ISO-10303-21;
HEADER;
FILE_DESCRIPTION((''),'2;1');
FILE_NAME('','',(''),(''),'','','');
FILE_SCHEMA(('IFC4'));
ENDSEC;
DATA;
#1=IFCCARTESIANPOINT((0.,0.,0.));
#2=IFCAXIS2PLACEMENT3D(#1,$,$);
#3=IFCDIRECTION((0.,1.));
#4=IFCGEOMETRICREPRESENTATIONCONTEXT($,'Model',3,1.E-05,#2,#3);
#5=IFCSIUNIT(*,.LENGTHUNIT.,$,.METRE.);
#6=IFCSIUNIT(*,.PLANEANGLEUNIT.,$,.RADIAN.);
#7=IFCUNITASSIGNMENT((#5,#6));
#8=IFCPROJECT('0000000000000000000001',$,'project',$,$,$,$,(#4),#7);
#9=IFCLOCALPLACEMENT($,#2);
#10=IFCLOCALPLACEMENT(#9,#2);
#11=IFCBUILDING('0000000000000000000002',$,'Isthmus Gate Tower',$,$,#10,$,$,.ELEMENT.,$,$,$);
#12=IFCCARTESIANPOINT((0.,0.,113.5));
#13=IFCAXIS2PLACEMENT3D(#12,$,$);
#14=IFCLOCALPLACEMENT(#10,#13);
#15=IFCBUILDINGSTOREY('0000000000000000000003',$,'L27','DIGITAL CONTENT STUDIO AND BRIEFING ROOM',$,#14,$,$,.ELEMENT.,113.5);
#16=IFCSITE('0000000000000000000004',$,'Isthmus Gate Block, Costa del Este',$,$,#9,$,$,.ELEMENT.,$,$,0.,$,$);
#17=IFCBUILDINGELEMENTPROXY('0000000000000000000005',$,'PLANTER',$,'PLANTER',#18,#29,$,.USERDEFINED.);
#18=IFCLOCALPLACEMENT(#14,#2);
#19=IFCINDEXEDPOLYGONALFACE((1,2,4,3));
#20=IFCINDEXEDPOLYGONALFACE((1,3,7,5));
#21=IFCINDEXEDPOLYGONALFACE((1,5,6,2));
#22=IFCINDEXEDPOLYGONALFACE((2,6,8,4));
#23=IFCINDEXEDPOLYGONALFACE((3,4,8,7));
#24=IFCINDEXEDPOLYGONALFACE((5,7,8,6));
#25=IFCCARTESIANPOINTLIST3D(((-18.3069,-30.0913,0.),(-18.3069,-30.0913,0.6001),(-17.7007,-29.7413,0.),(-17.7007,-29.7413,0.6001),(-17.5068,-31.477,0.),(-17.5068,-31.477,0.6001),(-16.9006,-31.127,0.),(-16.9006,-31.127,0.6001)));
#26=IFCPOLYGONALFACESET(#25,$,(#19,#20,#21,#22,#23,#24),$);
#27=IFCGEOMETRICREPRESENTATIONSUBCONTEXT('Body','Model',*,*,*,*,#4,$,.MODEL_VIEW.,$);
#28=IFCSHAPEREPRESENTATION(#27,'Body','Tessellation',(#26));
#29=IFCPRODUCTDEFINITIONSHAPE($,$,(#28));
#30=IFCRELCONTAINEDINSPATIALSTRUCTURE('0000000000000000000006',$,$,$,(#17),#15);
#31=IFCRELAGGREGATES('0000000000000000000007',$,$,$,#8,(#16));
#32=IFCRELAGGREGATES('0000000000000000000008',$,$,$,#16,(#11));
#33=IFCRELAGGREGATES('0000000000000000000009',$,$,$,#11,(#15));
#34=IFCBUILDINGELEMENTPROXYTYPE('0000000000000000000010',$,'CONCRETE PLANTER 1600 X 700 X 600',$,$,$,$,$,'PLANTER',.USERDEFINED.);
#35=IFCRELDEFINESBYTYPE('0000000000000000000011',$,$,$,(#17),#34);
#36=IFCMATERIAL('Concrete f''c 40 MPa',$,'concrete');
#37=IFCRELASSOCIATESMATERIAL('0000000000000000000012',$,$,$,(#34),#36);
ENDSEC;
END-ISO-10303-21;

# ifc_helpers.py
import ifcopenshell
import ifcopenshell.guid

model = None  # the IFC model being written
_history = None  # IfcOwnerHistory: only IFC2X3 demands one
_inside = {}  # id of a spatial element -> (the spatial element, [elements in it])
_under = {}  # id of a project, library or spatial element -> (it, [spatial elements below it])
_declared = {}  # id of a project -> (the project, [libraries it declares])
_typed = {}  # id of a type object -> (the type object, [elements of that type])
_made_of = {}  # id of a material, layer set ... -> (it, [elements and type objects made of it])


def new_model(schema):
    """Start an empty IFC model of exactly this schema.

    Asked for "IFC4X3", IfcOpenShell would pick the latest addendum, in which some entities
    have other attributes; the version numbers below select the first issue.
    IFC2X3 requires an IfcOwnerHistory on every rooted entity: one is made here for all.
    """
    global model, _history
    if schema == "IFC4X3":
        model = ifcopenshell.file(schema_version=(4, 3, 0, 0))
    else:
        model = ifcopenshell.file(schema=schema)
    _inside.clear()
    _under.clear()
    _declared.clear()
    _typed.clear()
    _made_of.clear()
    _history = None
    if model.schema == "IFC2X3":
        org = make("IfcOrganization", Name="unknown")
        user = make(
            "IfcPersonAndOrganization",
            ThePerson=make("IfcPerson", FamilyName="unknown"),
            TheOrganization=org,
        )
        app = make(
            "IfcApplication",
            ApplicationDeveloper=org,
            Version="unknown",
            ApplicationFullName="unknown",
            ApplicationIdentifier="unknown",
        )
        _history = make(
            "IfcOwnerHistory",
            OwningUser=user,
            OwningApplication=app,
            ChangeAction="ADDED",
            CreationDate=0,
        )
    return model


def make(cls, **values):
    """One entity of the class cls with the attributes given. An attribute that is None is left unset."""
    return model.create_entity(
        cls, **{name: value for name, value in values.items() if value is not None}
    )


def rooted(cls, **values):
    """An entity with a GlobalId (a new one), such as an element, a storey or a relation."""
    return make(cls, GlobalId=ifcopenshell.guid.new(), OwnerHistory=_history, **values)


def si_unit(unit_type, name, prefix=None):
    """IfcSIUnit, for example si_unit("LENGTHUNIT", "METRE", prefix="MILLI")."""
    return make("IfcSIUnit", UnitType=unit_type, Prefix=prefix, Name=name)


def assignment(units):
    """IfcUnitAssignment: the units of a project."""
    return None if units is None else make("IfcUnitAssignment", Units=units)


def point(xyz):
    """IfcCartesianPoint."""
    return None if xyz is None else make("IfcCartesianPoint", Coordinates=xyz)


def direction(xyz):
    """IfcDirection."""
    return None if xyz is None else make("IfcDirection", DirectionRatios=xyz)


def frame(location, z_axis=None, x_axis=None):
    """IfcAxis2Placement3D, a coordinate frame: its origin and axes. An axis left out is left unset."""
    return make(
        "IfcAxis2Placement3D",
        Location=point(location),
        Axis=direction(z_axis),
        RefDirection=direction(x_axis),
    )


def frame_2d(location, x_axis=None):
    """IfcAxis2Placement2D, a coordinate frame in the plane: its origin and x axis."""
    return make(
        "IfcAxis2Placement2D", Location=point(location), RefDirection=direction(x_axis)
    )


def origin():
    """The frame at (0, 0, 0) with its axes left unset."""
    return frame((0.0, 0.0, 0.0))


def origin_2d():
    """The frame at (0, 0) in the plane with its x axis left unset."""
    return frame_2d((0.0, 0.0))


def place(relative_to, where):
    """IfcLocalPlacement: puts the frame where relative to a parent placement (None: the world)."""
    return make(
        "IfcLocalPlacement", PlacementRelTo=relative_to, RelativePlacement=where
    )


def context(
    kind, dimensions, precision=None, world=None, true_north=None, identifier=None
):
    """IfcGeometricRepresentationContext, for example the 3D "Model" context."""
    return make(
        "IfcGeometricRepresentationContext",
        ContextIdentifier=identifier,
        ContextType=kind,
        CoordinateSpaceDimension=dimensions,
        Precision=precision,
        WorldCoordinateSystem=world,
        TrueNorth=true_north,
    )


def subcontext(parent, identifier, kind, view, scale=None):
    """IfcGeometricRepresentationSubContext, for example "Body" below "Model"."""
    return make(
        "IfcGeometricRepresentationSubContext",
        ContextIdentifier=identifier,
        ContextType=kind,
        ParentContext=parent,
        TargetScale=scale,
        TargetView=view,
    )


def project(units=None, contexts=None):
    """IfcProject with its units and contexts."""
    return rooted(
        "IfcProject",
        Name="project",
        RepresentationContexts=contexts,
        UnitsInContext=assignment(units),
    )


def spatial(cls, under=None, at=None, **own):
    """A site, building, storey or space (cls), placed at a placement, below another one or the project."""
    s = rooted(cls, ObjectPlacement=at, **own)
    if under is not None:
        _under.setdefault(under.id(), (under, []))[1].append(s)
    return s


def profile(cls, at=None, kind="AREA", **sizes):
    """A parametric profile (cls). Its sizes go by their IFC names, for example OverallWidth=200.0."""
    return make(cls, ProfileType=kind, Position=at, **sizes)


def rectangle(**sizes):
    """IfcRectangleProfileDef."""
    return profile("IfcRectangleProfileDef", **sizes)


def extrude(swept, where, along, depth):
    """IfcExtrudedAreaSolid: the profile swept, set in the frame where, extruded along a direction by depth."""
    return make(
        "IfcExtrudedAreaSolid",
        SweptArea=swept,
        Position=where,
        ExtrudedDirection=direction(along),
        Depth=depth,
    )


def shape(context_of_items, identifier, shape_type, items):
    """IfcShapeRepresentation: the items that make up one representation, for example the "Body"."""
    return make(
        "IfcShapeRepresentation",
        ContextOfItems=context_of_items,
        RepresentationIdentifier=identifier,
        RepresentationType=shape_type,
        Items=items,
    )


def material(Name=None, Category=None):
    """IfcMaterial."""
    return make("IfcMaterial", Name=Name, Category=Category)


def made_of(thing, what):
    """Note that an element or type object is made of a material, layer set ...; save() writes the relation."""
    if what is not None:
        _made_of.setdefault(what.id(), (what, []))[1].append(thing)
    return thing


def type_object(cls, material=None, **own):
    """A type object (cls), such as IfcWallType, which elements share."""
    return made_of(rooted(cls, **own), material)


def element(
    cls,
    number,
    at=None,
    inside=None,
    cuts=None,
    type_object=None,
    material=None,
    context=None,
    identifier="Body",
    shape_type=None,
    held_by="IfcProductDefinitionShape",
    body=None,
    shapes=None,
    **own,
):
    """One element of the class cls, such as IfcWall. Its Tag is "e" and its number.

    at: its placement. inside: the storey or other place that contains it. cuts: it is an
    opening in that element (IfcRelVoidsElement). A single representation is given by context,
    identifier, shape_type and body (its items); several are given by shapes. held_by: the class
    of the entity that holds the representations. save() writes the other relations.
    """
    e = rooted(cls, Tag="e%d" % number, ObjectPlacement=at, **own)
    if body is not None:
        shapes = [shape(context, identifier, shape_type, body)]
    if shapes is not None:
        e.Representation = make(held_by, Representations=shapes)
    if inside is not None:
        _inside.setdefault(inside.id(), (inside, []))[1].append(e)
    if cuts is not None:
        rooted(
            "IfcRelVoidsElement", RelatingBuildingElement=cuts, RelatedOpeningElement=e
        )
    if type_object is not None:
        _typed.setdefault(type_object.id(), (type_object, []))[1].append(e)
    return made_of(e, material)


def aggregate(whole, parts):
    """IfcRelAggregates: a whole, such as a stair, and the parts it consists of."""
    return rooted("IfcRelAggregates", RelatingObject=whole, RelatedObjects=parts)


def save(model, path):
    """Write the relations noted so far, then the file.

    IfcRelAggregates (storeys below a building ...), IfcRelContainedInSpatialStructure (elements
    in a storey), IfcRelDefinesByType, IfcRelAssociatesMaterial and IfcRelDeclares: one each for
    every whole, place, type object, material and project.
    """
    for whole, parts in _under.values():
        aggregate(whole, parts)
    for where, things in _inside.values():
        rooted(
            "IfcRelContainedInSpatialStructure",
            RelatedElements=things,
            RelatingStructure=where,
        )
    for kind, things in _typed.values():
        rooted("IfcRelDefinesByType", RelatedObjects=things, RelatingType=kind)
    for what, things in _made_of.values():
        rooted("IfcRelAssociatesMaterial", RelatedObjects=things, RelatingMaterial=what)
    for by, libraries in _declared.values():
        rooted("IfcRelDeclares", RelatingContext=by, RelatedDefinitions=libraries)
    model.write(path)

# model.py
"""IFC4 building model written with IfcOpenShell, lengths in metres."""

from ifc_helpers import new_model, si_unit, direction, frame, origin, origin_2d, place, context, subcontext, project, spatial, rectangle, extrude, material, type_object, element, save


model = new_model("IFC4")

# Units and contexts
model_context = context("Model", 3, precision=1e-05, world=origin(), true_north=direction((0.0, 1.0)))
body_context = subcontext(model_context, "Body", "Model", "MODEL_VIEW")
ifc_project = project(units=[si_unit("LENGTHUNIT", "METRE"), si_unit("PLANEANGLEUNIT", "RADIAN")], contexts=[model_context])

# Site, building, storey
site_placement = place(None, origin())
site = spatial("IfcSite", under=ifc_project, at=site_placement, Name="Isthmus Gate Block, Costa del Este", CompositionType="ELEMENT", RefElevation=0.0)
building_placement = place(site_placement, origin())
building = spatial("IfcBuilding", under=site, at=building_placement, Name="Isthmus Gate Tower", CompositionType="ELEMENT")
storey_placement = place(building_placement, frame((0.0, 0.0, 113.5)))
storey = spatial("IfcBuildingStorey", under=building, at=storey_placement, Name="L27", Description="DIGITAL CONTENT STUDIO AND BRIEFING ROOM", CompositionType="ELEMENT", Elevation=113.5)

# Building element proxy
ifc_material_1 = material(Name="Concrete f'c 40 MPa", Category="concrete")
building_element_proxy_type = type_object("IfcBuildingElementProxyType", Name="CONCRETE PLANTER 1600 X 700 X 600", ElementType="PLANTER", PredefinedType="USERDEFINED", material=ifc_material_1)
for number, where, z_axis, x_axis, name in (
    (1, (-17.6038, -30.6091, 0.0), (0.0, 0.0, 1.0), (0.5, -0.866025, 0.0), "PLANTER"),
):
    element("IfcBuildingElementProxy", number, at=place(storey_placement, frame(where, z_axis=z_axis, x_axis=x_axis)), inside=storey, type_object=building_element_proxy_type, Name=name, ObjectType="PLANTER", PredefinedType="USERDEFINED", context=body_context, shape_type="SweptSolid", body=[
        extrude(rectangle(XDim=1.6001, YDim=0.7, at=origin_2d()), origin(), (0.0, 0.0, 1.0), 0.6001),
    ])

save(model, "model.ifc")
